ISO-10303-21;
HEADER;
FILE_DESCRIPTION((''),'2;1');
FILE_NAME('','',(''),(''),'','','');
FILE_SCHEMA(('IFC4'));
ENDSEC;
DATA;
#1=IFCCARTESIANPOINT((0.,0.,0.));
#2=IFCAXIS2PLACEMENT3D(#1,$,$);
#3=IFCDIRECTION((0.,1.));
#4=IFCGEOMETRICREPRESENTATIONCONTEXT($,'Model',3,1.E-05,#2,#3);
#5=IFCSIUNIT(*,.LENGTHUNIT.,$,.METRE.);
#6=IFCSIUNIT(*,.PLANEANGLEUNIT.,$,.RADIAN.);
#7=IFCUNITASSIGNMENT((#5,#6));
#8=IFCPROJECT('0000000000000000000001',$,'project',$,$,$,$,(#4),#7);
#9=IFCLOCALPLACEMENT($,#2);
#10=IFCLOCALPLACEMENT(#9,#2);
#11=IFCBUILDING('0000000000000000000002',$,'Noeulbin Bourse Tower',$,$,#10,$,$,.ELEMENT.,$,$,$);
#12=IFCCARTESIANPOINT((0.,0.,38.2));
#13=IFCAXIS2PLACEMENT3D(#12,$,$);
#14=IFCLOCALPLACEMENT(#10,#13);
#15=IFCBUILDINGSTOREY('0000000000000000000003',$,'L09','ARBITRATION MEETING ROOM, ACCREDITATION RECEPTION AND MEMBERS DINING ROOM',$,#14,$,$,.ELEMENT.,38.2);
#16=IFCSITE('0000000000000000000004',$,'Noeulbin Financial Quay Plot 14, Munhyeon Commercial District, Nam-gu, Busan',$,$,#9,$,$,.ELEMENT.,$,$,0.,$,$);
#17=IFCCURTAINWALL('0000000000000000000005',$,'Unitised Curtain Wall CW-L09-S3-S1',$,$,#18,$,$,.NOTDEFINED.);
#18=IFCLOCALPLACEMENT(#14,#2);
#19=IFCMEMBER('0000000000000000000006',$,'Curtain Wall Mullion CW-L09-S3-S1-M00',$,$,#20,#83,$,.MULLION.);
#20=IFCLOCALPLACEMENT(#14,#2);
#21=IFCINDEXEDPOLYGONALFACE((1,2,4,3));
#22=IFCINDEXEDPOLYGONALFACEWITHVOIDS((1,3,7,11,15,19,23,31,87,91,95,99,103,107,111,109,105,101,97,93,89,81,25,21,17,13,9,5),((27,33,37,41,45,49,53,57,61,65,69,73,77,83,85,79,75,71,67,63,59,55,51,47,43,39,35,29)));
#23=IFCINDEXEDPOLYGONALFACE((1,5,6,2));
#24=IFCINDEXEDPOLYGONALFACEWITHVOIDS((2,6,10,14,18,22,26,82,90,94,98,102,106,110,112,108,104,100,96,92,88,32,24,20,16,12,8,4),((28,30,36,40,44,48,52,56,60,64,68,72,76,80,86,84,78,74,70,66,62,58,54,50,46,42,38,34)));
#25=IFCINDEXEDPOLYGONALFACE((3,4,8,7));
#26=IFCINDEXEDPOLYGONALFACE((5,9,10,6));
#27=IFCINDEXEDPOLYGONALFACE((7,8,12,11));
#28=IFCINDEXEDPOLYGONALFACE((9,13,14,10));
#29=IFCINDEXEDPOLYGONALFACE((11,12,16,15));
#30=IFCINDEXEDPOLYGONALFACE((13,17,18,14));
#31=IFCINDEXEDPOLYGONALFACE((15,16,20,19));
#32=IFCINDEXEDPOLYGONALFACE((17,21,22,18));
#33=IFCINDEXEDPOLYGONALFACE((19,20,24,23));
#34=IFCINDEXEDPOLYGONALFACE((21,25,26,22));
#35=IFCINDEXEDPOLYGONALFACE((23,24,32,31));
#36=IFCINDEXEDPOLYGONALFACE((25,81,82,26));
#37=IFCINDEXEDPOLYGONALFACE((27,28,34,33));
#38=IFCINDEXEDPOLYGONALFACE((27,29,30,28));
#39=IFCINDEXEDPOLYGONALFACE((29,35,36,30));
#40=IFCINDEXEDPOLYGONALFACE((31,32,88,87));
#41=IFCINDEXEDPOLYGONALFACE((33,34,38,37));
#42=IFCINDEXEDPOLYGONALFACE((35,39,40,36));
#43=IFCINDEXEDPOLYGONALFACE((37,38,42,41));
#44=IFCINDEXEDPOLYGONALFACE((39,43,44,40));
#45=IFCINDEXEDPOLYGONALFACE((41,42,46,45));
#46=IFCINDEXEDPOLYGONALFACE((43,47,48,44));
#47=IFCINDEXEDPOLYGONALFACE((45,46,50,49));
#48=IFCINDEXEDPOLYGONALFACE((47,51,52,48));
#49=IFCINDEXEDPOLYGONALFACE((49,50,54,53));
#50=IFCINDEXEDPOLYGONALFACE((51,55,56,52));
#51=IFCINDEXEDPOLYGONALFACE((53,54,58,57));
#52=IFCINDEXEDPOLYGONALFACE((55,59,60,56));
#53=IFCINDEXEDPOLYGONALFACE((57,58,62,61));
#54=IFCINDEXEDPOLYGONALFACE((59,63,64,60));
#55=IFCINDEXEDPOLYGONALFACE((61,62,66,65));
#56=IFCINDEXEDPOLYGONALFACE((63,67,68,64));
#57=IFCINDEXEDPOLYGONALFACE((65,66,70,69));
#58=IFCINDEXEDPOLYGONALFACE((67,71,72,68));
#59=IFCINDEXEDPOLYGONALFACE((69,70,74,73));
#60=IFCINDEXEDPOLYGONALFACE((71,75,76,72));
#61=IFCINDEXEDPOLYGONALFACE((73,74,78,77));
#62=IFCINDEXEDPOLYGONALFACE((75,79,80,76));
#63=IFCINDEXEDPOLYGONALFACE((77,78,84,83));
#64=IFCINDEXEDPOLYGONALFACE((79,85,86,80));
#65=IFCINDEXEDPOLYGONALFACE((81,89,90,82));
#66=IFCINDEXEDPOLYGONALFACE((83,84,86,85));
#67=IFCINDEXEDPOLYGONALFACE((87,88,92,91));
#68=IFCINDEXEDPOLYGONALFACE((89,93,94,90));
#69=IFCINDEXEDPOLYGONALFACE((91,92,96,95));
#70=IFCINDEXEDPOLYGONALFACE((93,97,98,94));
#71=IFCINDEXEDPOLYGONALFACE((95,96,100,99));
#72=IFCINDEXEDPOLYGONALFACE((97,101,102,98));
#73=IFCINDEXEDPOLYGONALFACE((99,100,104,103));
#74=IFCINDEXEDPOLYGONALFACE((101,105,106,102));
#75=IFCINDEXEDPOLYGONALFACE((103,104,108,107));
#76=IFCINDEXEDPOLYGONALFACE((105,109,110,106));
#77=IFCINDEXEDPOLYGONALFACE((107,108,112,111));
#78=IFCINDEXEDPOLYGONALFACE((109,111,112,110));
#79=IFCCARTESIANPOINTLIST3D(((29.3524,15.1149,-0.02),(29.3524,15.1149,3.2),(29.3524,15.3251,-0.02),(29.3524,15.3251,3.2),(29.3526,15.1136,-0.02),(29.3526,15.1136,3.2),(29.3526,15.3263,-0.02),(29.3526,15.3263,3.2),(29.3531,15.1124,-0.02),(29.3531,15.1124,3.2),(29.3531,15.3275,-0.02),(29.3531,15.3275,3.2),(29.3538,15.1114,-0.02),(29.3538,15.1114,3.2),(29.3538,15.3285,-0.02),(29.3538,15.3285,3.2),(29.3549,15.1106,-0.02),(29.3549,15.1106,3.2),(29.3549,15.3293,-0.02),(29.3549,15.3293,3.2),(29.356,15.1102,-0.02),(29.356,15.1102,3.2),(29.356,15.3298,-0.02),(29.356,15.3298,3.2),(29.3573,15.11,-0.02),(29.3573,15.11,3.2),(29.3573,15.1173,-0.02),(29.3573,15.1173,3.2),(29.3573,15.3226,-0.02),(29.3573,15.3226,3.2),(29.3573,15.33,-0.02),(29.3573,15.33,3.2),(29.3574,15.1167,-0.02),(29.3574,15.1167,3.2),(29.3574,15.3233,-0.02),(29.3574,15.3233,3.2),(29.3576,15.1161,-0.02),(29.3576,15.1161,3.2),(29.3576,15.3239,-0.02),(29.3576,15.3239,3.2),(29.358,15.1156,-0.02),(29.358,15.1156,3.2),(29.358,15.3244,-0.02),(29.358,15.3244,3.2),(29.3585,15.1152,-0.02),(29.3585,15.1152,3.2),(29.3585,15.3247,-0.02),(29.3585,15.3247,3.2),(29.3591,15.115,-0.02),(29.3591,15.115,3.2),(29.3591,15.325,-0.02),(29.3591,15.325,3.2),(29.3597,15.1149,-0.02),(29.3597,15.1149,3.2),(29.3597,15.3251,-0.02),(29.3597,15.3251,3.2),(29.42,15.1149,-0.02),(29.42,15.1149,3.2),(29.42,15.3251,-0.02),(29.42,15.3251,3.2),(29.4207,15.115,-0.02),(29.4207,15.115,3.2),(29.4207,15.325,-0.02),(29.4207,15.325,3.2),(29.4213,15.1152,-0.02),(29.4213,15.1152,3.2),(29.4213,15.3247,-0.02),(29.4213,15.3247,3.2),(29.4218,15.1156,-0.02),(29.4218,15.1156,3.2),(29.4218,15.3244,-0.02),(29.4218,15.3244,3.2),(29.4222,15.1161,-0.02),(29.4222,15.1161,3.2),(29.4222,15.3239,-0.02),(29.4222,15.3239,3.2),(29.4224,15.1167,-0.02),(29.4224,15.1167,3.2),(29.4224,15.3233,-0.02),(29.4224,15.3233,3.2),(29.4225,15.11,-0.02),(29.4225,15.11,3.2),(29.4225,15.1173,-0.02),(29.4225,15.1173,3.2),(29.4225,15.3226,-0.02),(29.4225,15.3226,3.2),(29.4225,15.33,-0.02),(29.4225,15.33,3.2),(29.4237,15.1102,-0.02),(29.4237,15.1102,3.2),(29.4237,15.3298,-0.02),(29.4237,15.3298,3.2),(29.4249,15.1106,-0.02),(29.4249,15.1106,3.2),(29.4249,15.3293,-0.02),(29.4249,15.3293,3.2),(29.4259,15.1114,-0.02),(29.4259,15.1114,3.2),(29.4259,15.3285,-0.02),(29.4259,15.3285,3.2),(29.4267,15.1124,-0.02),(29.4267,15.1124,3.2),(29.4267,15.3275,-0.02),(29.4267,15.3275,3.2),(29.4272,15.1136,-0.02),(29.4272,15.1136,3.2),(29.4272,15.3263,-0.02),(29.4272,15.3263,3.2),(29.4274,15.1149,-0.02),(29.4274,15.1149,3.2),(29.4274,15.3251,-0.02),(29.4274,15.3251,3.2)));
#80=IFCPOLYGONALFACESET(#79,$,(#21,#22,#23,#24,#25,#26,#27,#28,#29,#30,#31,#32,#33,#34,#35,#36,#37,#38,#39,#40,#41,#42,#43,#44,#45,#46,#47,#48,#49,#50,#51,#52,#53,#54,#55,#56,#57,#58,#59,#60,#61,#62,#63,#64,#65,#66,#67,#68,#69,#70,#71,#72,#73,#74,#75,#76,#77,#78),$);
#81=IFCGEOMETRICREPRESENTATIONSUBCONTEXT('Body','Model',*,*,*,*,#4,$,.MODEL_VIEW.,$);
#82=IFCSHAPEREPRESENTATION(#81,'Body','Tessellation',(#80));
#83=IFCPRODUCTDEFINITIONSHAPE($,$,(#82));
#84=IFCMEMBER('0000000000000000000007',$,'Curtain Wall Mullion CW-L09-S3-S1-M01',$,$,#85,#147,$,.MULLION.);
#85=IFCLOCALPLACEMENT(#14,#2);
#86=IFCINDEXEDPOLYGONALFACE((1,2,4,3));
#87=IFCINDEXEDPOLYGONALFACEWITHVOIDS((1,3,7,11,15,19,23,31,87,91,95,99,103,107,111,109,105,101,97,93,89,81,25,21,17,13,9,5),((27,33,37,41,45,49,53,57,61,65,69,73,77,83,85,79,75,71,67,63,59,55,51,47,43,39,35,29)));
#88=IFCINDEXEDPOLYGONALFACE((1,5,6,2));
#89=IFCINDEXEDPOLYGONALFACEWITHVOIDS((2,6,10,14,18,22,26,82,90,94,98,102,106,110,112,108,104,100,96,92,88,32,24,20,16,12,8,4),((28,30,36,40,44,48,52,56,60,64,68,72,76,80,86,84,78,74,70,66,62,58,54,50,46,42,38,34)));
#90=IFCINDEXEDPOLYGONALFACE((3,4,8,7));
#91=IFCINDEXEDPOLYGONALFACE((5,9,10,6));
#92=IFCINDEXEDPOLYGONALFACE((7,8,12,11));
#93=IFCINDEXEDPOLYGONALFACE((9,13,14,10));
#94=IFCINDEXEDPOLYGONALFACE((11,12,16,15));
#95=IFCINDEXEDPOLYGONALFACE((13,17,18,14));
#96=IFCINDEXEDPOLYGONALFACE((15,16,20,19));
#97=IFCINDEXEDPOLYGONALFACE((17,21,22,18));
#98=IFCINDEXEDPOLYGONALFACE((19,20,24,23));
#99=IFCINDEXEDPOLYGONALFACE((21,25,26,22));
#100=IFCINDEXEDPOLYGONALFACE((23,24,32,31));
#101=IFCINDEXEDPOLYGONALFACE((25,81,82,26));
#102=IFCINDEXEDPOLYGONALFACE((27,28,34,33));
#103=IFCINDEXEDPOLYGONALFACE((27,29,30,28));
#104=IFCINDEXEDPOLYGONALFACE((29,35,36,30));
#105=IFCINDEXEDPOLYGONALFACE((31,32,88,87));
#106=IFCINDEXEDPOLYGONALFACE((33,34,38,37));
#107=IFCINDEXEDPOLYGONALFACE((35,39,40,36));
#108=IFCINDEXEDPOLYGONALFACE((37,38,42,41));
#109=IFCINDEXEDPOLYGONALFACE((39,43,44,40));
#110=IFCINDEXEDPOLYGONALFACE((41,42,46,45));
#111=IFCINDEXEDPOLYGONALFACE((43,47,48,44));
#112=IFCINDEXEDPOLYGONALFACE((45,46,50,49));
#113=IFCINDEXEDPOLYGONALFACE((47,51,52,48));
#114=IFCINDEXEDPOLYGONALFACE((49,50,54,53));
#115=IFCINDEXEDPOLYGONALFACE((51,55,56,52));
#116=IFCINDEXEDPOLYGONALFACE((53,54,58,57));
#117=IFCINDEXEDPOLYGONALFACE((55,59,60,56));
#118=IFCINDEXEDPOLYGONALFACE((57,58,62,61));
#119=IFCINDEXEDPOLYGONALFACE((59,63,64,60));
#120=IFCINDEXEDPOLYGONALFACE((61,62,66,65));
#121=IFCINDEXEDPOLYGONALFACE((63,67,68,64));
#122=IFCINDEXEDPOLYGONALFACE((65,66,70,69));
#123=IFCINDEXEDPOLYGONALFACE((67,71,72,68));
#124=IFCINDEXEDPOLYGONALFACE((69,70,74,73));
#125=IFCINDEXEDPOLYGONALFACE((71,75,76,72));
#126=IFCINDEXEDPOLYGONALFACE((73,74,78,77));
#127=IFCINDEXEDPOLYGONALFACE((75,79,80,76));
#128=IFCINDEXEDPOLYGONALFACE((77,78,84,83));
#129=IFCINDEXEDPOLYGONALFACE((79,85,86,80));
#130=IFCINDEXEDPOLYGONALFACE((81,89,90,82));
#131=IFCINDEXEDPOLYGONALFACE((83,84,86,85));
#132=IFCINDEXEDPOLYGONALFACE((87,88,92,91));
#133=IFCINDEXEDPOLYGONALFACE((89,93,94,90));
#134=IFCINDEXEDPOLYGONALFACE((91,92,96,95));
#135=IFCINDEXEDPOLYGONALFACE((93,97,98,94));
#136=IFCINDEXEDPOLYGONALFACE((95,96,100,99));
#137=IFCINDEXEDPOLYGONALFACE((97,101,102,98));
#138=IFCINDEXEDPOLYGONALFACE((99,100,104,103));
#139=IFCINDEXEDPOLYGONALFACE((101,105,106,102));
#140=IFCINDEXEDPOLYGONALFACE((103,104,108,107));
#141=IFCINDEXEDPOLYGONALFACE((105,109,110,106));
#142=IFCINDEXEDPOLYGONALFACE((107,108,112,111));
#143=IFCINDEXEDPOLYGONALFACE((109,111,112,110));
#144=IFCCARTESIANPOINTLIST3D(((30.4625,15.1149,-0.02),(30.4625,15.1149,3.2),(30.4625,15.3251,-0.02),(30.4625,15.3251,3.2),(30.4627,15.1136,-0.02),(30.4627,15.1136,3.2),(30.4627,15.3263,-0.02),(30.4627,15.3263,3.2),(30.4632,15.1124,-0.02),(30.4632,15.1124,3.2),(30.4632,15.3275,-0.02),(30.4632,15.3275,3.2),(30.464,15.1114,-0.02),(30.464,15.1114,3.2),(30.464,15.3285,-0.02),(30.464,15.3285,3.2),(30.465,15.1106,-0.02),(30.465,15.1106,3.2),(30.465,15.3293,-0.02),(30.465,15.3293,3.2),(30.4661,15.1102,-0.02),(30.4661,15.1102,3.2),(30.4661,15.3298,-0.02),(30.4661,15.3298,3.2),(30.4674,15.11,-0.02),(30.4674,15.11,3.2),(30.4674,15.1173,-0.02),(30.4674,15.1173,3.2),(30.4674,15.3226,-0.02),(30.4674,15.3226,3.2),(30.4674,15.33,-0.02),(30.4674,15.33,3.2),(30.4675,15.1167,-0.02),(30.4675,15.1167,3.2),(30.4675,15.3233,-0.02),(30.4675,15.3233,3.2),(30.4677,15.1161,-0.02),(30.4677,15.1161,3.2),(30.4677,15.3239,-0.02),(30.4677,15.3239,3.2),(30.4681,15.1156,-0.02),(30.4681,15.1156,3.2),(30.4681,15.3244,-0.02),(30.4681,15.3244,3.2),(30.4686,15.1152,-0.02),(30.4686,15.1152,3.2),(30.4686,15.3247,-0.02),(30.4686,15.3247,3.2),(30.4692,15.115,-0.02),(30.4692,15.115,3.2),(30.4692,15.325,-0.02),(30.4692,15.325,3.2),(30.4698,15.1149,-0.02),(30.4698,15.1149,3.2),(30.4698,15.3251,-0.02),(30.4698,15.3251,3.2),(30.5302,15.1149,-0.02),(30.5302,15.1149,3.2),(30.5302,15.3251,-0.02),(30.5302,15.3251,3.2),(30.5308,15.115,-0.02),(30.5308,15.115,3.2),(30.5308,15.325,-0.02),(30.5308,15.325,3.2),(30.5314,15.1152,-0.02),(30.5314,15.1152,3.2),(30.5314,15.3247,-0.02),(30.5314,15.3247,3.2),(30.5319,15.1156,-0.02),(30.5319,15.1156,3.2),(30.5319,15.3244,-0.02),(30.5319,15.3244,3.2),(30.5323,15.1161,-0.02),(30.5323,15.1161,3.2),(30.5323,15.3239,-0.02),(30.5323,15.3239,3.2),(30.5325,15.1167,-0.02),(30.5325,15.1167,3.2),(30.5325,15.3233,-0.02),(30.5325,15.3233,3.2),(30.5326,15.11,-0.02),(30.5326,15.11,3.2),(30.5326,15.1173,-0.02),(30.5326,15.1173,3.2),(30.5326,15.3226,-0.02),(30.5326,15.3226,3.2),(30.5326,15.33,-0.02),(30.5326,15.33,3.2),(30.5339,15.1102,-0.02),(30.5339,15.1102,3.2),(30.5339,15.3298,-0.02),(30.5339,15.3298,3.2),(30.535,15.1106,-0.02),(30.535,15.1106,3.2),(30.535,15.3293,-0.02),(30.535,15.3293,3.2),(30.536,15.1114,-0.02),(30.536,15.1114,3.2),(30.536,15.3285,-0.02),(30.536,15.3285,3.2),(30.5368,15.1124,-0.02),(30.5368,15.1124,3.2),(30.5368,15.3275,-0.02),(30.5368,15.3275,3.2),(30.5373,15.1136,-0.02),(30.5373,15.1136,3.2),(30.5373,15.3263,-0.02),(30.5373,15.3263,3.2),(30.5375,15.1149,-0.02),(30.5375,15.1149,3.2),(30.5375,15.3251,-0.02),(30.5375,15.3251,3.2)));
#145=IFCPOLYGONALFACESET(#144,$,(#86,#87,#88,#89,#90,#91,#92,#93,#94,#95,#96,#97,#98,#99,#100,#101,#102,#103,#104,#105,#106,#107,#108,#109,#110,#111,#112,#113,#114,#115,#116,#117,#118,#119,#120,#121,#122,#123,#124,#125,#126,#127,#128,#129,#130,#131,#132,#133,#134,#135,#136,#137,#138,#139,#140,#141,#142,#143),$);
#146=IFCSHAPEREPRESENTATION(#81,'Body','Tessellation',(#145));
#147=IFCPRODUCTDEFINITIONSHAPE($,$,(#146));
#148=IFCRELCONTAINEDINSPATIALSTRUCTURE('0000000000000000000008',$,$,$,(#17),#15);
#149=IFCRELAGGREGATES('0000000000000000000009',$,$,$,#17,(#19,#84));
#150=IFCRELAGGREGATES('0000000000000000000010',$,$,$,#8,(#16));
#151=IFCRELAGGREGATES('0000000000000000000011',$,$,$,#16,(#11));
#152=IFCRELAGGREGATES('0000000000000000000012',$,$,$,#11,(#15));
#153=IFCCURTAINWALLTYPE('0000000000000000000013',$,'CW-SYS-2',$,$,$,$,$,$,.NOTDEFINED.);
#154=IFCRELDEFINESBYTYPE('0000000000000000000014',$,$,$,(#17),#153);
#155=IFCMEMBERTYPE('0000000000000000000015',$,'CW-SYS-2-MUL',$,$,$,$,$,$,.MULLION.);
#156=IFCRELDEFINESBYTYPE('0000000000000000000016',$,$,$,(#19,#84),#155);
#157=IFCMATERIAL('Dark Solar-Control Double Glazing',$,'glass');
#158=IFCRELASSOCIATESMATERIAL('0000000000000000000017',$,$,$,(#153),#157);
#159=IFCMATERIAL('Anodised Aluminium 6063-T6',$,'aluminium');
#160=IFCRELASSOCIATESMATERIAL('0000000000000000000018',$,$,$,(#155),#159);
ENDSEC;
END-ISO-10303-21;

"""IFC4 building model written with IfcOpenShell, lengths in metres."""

from ifc_helpers import new_model, si_unit, direction, frame, origin, origin_2d, place, context, subcontext, project, spatial, hollow_rectangle, extrude, material, material_profile, profile_set, type_object, element, aggregate, save


model = new_model("IFC4")

# Units and contexts
model_context = context("Model", 3, precision=1e-05, world=origin(), true_north=direction((0.0, 1.0)))
body_context = subcontext(model_context, "Body", "Model", "MODEL_VIEW")
ifc_project = project(units=[si_unit("LENGTHUNIT", "METRE"), si_unit("PLANEANGLEUNIT", "RADIAN")], contexts=[model_context])

# Site, building, storey
site_placement = place(None, origin())
site = spatial("IfcSite", under=ifc_project, at=site_placement, Name="Noeulbin Financial Quay Plot 14, Munhyeon Commercial District, Nam-gu, Busan", CompositionType="ELEMENT", RefElevation=0.0)
building_placement = place(site_placement, origin())
building = spatial("IfcBuilding", under=site, at=building_placement, Name="Noeulbin Bourse Tower", CompositionType="ELEMENT")
storey_placement = place(building_placement, frame((0.0, 0.0, 38.2)))
storey = spatial("IfcBuildingStorey", under=building, at=storey_placement, Name="L09", Description="ARBITRATION MEETING ROOM, ACCREDITATION RECEPTION AND MEMBERS DINING ROOM", CompositionType="ELEMENT", Elevation=38.2)

# Curtain wall, members
ifc_material_1 = material(Name="Dark Solar-Control Double Glazing", Category="glass")
curtain_wall_type = type_object("IfcCurtainWallType", Name="CW-SYS-2", PredefinedType="NOTDEFINED", material=ifc_material_1)
curtain_wall_1_placement = place(storey_placement, origin())
curtain_wall_1 = element("IfcCurtainWall", 1, at=curtain_wall_1_placement, inside=storey, type_object=curtain_wall_type, Name="Unitised Curtain Wall CW-L09-S3-S1", PredefinedType="NOTDEFINED")
ifc_material_2 = material(Name="Anodised Aluminium 6063-T6", Category="aluminium")
ifc_material_profile_1 = material_profile(ifc_material_2, hollow_rectangle(XDim=0.075, YDim=0.22, WallThickness=0.0049, InnerFilletRadius=0.0024, OuterFilletRadius=0.0049, at=origin_2d()), Name="ALU-MULL-75x220x5", Category="LoadBearing")
ifc_profile_set_1 = profile_set([ifc_material_profile_1], Name="Anodised Aluminium 6063-T6")
member_type_1 = type_object("IfcMemberType", Name="CW-SYS-2-MUL", PredefinedType="MULLION", material=ifc_profile_set_1)
member_1_placement = place(storey_placement, frame((29.3899, 15.22, -0.02), z_axis=(0.0, 0.0, 1.0), x_axis=(1.0, 0.0, 0.0)))
member_1 = element("IfcMember", 2, at=member_1_placement, type_object=member_type_1, Name="Curtain Wall Mullion CW-L09-S3-S1-M00", PredefinedType="MULLION", context=body_context, shape_type="SweptSolid", body=[
    extrude(hollow_rectangle(XDim=0.075, YDim=0.22, WallThickness=0.0049, InnerFilletRadius=0.0024, OuterFilletRadius=0.0049, at=origin_2d()), origin(), (0.0, 0.0, 1.0), 3.22),
])
member_2_placement = place(storey_placement, frame((30.5, 15.22, -0.02), z_axis=(0.0, 0.0, 1.0), x_axis=(1.0, 0.0, 0.0)))
member_2 = element("IfcMember", 3, at=member_2_placement, type_object=member_type_1, Name="Curtain Wall Mullion CW-L09-S3-S1-M01", PredefinedType="MULLION", context=body_context, shape_type="SweptSolid", body=[
    extrude(hollow_rectangle(XDim=0.075, YDim=0.22, WallThickness=0.0049, InnerFilletRadius=0.0024, OuterFilletRadius=0.0049, at=origin_2d()), origin(), (0.0, 0.0, 1.0), 3.22),
])

aggregate(curtain_wall_1, [member_1, member_2])

save(model, "model.ifc")
